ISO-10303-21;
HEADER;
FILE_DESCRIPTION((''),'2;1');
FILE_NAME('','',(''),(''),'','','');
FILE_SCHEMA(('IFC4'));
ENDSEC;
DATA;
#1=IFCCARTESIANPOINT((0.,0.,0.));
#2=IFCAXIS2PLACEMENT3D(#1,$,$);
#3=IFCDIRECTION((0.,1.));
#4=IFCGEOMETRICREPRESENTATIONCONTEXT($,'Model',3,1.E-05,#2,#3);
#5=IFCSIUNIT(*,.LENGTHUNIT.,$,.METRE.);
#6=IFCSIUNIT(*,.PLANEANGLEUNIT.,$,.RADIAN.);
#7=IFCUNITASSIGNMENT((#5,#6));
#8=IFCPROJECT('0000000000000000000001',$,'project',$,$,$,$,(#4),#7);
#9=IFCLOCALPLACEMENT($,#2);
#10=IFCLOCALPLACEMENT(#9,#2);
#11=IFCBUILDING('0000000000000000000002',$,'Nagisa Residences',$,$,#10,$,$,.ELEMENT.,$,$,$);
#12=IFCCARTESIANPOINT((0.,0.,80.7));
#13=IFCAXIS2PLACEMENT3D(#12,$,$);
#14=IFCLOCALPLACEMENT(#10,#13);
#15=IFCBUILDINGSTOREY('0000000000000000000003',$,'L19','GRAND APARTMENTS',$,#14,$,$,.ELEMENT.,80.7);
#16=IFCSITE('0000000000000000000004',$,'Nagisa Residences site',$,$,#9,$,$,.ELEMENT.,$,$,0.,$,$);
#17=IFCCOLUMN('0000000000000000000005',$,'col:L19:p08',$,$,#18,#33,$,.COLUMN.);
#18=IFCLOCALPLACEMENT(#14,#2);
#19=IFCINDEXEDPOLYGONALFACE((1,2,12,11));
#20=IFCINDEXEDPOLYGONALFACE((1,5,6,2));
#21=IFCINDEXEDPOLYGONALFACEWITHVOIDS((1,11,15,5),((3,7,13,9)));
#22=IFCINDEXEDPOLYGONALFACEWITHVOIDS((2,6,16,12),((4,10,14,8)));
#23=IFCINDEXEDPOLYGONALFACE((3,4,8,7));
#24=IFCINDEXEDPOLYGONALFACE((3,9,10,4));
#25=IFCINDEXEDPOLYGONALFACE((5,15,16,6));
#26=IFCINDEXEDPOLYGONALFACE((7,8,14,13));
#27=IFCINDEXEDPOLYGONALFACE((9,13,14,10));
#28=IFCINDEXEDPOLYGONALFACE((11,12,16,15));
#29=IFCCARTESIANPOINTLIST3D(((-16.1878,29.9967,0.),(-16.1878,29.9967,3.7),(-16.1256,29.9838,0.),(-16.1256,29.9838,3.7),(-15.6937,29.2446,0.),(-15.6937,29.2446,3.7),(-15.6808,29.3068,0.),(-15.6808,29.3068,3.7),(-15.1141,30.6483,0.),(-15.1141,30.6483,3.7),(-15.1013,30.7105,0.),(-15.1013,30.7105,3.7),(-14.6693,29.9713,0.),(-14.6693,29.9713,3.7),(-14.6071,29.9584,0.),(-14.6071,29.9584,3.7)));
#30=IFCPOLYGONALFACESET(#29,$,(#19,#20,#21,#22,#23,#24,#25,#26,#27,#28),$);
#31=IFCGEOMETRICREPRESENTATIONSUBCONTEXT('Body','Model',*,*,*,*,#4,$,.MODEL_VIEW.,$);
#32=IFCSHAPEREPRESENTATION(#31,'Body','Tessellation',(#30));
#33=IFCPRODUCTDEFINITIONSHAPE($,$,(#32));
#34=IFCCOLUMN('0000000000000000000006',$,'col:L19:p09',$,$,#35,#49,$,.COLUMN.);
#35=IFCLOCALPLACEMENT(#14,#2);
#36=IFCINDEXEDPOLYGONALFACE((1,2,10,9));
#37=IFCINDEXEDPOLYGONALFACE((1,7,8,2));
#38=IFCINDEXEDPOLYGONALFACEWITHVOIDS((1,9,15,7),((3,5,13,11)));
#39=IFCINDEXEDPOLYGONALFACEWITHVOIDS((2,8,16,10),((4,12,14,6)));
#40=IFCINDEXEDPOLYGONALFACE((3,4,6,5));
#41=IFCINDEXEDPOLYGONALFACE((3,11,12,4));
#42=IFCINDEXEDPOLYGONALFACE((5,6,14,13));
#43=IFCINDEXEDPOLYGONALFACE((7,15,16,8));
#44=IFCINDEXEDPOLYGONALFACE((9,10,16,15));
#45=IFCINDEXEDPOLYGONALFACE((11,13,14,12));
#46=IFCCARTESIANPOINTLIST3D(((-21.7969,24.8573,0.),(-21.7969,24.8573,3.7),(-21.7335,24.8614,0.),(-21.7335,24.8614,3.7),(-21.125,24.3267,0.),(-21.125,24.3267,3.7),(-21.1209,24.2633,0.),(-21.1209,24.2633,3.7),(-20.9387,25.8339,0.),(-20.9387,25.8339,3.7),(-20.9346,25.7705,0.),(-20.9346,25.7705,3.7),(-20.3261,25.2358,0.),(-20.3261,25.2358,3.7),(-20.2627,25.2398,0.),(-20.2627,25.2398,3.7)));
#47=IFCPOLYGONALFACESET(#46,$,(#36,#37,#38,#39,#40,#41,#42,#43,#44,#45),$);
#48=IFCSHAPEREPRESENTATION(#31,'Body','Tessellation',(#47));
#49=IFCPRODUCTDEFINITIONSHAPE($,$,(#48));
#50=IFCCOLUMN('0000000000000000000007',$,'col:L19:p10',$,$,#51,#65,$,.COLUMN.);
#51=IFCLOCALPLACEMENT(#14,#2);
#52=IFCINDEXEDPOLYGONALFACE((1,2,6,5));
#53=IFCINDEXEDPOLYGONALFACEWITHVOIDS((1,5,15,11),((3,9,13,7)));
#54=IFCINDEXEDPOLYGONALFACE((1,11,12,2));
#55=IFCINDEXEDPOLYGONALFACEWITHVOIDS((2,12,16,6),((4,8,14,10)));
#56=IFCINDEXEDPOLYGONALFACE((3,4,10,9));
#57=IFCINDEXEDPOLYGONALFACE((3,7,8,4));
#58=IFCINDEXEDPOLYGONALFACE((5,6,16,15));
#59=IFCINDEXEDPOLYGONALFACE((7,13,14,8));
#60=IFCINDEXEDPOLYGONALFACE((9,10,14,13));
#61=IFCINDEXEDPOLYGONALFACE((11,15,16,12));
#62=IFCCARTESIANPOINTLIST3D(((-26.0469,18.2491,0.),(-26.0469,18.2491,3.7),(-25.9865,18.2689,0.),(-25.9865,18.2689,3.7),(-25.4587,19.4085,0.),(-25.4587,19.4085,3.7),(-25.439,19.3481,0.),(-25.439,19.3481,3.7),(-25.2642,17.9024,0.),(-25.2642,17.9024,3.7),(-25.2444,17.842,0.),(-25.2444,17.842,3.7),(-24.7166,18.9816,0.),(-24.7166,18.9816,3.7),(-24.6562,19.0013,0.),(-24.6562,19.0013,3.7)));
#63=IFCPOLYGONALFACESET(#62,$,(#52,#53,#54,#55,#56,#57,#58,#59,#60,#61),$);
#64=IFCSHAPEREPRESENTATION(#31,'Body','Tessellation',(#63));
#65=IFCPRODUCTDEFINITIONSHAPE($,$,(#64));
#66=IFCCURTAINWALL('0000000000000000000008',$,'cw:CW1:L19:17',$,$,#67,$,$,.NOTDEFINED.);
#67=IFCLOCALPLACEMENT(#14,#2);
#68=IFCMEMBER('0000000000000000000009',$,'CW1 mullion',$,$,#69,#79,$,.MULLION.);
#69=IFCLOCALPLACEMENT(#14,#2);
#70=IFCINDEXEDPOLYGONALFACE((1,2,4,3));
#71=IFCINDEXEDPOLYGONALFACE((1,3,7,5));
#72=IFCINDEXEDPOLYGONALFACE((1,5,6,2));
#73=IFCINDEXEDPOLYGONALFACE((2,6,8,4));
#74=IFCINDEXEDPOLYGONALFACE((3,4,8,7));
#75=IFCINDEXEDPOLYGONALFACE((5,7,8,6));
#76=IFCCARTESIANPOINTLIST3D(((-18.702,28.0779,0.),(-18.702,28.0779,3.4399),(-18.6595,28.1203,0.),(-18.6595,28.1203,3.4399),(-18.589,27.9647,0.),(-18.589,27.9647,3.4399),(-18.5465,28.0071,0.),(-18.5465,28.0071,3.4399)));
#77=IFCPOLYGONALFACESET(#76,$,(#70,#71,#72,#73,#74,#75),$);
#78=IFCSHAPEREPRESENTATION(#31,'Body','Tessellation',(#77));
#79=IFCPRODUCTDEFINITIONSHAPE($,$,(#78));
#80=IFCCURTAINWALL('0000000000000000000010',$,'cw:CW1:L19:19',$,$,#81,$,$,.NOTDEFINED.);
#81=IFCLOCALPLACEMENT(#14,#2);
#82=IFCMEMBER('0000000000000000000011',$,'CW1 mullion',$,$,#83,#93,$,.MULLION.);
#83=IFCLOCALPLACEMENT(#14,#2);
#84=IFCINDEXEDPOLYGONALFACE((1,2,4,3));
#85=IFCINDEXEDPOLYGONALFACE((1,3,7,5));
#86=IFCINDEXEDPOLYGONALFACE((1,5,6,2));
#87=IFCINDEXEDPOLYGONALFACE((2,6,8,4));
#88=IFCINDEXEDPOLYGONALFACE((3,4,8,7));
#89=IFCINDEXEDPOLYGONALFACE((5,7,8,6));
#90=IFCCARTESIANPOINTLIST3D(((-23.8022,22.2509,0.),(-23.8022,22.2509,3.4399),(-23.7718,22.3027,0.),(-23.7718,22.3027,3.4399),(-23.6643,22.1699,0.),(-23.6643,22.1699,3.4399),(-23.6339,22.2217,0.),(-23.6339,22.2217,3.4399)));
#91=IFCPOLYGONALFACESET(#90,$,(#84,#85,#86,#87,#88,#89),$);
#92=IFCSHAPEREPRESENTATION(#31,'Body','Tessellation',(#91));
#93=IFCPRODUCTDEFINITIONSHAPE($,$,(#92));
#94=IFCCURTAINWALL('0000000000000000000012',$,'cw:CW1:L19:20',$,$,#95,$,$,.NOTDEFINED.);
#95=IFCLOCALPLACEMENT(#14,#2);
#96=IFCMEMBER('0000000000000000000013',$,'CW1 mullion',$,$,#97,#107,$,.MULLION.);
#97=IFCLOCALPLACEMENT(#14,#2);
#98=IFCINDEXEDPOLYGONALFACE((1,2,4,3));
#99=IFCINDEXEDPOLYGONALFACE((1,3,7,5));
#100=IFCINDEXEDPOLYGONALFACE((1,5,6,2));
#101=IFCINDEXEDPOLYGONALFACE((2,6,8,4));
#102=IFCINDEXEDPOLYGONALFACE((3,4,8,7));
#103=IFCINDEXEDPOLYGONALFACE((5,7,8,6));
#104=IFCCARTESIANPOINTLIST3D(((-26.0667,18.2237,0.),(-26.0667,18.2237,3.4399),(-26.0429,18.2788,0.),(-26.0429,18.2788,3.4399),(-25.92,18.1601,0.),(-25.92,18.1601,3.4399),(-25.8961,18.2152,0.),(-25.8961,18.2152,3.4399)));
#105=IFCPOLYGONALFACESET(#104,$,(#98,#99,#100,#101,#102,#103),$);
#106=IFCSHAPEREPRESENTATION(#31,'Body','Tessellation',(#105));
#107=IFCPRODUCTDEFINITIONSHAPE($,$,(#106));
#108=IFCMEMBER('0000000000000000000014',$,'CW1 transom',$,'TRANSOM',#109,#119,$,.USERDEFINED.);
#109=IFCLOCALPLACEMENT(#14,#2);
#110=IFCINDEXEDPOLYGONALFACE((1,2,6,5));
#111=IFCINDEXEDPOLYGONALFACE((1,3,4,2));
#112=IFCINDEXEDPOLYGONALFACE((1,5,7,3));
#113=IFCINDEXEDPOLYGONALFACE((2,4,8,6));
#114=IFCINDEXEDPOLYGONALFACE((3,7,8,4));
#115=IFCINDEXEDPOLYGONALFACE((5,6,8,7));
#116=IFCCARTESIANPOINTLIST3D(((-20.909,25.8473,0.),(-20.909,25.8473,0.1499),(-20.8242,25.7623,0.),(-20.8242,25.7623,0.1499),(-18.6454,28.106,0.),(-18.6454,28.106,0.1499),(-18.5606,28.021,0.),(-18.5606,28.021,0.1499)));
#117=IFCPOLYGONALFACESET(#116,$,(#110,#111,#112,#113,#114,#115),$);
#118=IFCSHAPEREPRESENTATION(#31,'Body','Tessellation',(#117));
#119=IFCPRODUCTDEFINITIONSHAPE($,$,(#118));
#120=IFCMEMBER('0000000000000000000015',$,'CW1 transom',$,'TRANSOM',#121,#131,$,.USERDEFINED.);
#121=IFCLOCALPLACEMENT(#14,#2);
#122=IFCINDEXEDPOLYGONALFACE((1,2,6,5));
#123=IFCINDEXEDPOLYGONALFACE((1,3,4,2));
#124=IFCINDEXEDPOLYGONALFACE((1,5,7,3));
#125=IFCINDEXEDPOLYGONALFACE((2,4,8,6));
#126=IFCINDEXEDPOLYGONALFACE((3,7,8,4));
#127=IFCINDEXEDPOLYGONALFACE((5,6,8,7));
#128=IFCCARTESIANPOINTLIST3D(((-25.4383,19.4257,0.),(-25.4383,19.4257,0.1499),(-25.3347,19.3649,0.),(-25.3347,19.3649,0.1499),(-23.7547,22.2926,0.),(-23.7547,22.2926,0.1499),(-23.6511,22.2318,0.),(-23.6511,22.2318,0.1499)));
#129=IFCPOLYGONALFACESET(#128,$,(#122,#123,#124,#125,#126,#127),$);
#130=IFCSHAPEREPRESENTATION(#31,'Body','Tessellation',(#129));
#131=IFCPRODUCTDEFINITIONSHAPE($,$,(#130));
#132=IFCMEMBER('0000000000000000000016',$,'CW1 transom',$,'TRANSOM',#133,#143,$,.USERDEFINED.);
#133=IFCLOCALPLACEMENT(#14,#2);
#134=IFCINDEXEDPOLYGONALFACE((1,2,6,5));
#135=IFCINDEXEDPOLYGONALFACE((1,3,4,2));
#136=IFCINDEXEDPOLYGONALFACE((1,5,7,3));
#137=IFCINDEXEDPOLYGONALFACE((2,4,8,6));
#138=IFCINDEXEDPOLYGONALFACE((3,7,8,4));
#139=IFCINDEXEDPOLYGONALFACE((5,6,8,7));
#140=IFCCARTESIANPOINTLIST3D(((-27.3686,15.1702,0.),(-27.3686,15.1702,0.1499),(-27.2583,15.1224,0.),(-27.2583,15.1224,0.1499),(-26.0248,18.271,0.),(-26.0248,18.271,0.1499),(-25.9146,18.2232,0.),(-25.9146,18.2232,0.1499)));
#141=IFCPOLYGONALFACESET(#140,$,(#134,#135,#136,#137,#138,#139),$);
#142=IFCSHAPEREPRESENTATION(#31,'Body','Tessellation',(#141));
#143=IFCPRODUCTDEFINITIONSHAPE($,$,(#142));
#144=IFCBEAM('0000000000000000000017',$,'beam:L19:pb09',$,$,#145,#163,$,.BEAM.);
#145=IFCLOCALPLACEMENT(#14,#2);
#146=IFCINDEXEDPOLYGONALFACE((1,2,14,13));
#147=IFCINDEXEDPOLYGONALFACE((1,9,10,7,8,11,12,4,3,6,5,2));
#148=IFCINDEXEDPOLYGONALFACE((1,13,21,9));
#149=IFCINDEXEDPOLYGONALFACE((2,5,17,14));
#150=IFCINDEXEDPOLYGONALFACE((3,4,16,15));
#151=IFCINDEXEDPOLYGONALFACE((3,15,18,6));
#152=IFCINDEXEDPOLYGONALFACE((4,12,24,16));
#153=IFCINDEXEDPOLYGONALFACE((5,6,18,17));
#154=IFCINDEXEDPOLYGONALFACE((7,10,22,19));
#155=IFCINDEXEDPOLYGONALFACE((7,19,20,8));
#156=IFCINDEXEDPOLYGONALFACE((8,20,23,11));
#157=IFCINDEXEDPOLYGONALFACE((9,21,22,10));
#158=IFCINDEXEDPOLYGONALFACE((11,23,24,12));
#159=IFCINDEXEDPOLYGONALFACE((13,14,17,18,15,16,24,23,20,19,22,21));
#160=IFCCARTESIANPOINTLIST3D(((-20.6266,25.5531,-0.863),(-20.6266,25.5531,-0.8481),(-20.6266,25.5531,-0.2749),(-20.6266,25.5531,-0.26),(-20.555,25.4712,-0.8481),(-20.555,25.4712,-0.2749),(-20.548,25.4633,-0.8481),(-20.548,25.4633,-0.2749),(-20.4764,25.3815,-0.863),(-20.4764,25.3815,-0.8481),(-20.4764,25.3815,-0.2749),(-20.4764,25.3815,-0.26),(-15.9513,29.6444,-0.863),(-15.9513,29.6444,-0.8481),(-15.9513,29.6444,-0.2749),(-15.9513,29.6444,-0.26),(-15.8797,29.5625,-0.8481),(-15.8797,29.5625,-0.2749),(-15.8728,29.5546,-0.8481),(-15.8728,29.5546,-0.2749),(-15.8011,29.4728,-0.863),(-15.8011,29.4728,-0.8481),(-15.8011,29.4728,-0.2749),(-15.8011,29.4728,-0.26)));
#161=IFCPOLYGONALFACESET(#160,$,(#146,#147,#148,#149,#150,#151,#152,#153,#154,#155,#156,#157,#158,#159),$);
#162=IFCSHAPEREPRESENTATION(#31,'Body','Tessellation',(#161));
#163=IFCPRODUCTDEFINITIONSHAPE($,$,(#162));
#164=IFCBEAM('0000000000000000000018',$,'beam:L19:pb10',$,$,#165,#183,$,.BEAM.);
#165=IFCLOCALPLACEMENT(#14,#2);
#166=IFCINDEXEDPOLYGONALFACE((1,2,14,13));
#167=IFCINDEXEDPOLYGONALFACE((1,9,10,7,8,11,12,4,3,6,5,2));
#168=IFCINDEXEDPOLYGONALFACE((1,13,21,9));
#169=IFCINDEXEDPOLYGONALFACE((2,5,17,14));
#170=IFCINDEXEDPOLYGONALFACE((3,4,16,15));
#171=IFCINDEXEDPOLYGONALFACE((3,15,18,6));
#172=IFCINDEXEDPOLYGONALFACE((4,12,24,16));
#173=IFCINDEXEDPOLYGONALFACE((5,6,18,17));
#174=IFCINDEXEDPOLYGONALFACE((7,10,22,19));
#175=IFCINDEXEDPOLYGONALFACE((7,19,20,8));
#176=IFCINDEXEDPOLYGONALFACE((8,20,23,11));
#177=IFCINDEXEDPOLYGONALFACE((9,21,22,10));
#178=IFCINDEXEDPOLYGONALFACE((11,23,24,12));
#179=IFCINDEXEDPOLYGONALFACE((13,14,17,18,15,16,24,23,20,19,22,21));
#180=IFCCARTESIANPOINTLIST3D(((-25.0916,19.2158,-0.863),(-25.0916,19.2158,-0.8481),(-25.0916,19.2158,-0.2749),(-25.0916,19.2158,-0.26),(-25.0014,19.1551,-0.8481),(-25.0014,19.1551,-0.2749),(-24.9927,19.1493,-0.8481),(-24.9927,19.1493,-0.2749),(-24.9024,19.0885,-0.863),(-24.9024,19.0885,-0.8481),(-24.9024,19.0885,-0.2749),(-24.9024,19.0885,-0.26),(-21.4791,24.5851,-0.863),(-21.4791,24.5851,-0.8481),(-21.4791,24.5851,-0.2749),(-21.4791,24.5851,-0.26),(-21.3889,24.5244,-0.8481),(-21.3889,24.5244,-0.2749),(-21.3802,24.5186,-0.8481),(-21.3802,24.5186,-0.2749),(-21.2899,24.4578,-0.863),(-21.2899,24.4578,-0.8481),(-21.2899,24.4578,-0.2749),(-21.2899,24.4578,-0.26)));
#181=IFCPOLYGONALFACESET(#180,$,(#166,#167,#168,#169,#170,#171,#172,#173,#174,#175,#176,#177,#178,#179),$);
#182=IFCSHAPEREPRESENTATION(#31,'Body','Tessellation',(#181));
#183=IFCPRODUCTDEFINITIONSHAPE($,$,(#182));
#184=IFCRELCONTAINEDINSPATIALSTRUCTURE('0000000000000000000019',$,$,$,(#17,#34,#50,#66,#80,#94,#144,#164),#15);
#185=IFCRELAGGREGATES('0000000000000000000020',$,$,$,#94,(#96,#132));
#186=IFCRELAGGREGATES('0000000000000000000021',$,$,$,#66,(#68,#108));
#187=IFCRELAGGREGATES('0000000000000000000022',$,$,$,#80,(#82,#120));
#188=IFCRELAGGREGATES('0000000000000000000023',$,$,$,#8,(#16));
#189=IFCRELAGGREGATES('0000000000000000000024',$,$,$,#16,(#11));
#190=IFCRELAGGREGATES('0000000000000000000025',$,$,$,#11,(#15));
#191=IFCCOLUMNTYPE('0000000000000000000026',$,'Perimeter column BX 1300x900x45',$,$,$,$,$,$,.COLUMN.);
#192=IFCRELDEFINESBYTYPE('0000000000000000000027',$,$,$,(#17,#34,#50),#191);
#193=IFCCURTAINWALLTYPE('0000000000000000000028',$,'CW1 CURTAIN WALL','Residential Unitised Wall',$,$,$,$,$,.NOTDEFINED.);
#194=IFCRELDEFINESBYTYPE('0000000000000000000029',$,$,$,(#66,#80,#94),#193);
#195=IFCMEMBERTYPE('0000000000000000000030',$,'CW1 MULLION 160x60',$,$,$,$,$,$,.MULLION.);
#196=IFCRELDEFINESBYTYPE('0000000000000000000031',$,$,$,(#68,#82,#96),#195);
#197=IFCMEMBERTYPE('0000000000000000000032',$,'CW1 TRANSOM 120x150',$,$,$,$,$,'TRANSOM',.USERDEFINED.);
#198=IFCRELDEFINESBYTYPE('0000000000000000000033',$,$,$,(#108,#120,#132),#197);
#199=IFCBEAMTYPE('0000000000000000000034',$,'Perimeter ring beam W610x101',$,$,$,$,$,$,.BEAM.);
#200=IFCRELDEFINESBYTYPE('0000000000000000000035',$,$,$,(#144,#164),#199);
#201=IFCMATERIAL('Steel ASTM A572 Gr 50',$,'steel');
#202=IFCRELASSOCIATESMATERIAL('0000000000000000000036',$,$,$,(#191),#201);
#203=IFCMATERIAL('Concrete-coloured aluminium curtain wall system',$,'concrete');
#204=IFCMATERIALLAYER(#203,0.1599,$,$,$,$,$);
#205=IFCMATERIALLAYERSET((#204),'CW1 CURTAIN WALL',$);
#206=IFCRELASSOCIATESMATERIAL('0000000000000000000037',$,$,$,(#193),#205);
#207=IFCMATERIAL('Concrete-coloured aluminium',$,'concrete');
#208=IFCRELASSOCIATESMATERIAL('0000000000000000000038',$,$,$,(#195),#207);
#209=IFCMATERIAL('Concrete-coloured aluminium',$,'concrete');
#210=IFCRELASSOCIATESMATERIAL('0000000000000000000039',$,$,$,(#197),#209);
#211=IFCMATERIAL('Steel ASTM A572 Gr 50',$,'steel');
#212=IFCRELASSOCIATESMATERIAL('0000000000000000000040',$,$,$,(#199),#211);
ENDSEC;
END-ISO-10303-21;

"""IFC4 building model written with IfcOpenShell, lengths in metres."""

from ifc_helpers import new_model, si_unit, direction, frame, origin, origin_2d, place, context, subcontext, project, spatial, rectangle, hollow_rectangle, i_section, extrude, material, layer, layer_set, material_profile, profile_set, type_object, element, aggregate, save


model = new_model("IFC4")

# Units and contexts
model_context = context("Model", 3, precision=1e-05, world=origin(), true_north=direction((0.0, 1.0)))
body_context = subcontext(model_context, "Body", "Model", "MODEL_VIEW")
ifc_project = project(units=[si_unit("LENGTHUNIT", "METRE"), si_unit("PLANEANGLEUNIT", "RADIAN")], contexts=[model_context])

# Site, building, storey
site_placement = place(None, origin())
site = spatial("IfcSite", under=ifc_project, at=site_placement, Name="Nagisa Residences site", CompositionType="ELEMENT", RefElevation=0.0)
building_placement = place(site_placement, origin())
building = spatial("IfcBuilding", under=site, at=building_placement, Name="Nagisa Residences", CompositionType="ELEMENT")
storey_placement = place(building_placement, frame((0.0, 0.0, 80.7)))
storey = spatial("IfcBuildingStorey", under=building, at=storey_placement, Name="L19", Description="GRAND APARTMENTS", CompositionType="ELEMENT", Elevation=80.7)

# Columns
ifc_material_1 = material(Name="Steel ASTM A572 Gr 50", Category="steel")
ifc_material_profile_1 = material_profile(ifc_material_1, hollow_rectangle(XDim=1.3, YDim=0.8999, WallThickness=0.0449, at=origin_2d()), Name="BX 1300x900x45")
ifc_profile_set_1 = profile_set([ifc_material_profile_1], Name="Steel ASTM A572 Gr 50")
column_type = type_object("IfcColumnType", Name="Perimeter column BX 1300x900x45", PredefinedType="COLUMN", material=ifc_profile_set_1)
for number, where, z_axis, x_axis, name in (
    (1, (-15.3975, 29.9775, 0.0), (0.0, 0.0, 1.0), (-0.835766, -0.549086, 0.0), "col:L19:p08"),
    (2, (-21.0298, 25.0486, 0.0), (0.0, 0.0, 1.0), (-0.660115, -0.751165, 0.0), "col:L19:p09"),
    (3, (-25.3516, 18.6252, 0.0), (0.0, 0.0, 1.0), (-0.452463, -0.891783, 0.0), "col:L19:p10"),
):
    element("IfcColumn", number, at=place(storey_placement, frame(where, z_axis=z_axis, x_axis=x_axis)), inside=storey, type_object=column_type, Name=name, PredefinedType="COLUMN", context=body_context, shape_type="SweptSolid", body=[
        extrude(hollow_rectangle(XDim=1.3, YDim=0.8999, WallThickness=0.0449, at=origin_2d()), origin(), (0.0, 0.0, 1.0), 3.7),
    ])

# Curtain walls, members
ifc_material_2 = material(Name="Concrete-coloured aluminium curtain wall system", Category="concrete")
ifc_layer_1 = layer(ifc_material_2, 0.1599)
ifc_layer_set_1 = layer_set([ifc_layer_1], Name="CW1 CURTAIN WALL")
curtain_wall_type = type_object("IfcCurtainWallType", Name="CW1 CURTAIN WALL", Description="Residential Unitised Wall", PredefinedType="NOTDEFINED", material=ifc_layer_set_1)
curtain_wall_1_placement = place(storey_placement, origin())
curtain_wall_1 = element("IfcCurtainWall", 4, at=curtain_wall_1_placement, inside=storey, type_object=curtain_wall_type, Name="cw:CW1:L19:17", PredefinedType="NOTDEFINED")
ifc_material_3 = material(Name="Concrete-coloured aluminium", Category="concrete")
ifc_material_profile_2 = material_profile(ifc_material_3, rectangle(XDim=0.1599, YDim=0.0601, at=origin_2d()), Name="CW1 MULLION 160x60")
ifc_profile_set_2 = profile_set([ifc_material_profile_2], Name="Concrete-coloured aluminium")
member_type_1 = type_object("IfcMemberType", Name="CW1 MULLION 160x60", PredefinedType="MULLION", material=ifc_profile_set_2)
member_1_placement = place(storey_placement, frame((-18.6243, 28.0425, 0.0), z_axis=(0.0, 0.0, 1.0), x_axis=(0.706377, -0.707836, 0.0)))
member_1 = element("IfcMember", 5, at=member_1_placement, type_object=member_type_1, Name="CW1 mullion", PredefinedType="MULLION", context=body_context, shape_type="SweptSolid", body=[
    extrude(rectangle(XDim=0.1599, YDim=0.0601, at=origin_2d()), origin(), (0.0, 0.0, 1.0), 3.4399),
])
curtain_wall_2_placement = place(storey_placement, origin())
curtain_wall_2 = element("IfcCurtainWall", 6, at=curtain_wall_2_placement, inside=storey, type_object=curtain_wall_type, Name="cw:CW1:L19:19", PredefinedType="NOTDEFINED")
member_2_placement = place(storey_placement, frame((-23.718, 22.2363, 0.0), z_axis=(0.0, 0.0, 1.0), x_axis=(0.862329, -0.506349, 0.0)))
member_2 = element("IfcMember", 7, at=member_2_placement, type_object=member_type_1, Name="CW1 mullion", PredefinedType="MULLION", context=body_context, shape_type="SweptSolid", body=[
    extrude(rectangle(XDim=0.1599, YDim=0.0601, at=origin_2d()), origin(), (0.0, 0.0, 1.0), 3.4399),
])
curtain_wall_3_placement = place(storey_placement, origin())
curtain_wall_3 = element("IfcCurtainWall", 8, at=curtain_wall_3_placement, inside=storey, type_object=curtain_wall_type, Name="cw:CW1:L19:20", PredefinedType="NOTDEFINED")
member_3_placement = place(storey_placement, frame((-25.9814, 18.2195, 0.0), z_axis=(0.0, 0.0, 1.0), x_axis=(0.917543, -0.397636, 0.0)))
member_3 = element("IfcMember", 9, at=member_3_placement, type_object=member_type_1, Name="CW1 mullion", PredefinedType="MULLION", context=body_context, shape_type="SweptSolid", body=[
    extrude(rectangle(XDim=0.1599, YDim=0.0601, at=origin_2d()), origin(), (0.0, 0.0, 1.0), 3.4399),
])

# Members
ifc_material_4 = material(Name="Concrete-coloured aluminium", Category="concrete")
ifc_material_profile_3 = material_profile(ifc_material_4, rectangle(XDim=0.1201, YDim=0.1499, at=origin_2d()), Name="CW1 TRANSOM 120x150")
ifc_profile_set_3 = profile_set([ifc_material_profile_3], Name="Concrete-coloured aluminium")
member_type_2 = type_object("IfcMemberType", Name="CW1 TRANSOM 120x150", ElementType="TRANSOM", PredefinedType="USERDEFINED", material=ifc_profile_set_3)
member_4_placement = place(storey_placement, frame((-18.603, 28.0635, 0.075), z_axis=(-0.70787, -0.706343, 0.0), x_axis=(0.706343, -0.70787, 0.0)))
member_4 = element("IfcMember", 10, at=member_4_placement, type_object=member_type_2, Name="CW1 transom", ObjectType="TRANSOM", PredefinedType="USERDEFINED", context=body_context, shape_type="SweptSolid", body=[
    extrude(rectangle(XDim=0.1201, YDim=0.1499, at=origin_2d()), origin(), (0.0, 0.0, 1.0), 3.1978),
])
member_5_placement = place(storey_placement, frame((-23.7029, 22.2622, 0.075), z_axis=(-0.506385, -0.862308, 0.0), x_axis=(0.862308, -0.506385, 0.0)))
member_5 = element("IfcMember", 11, at=member_5_placement, type_object=member_type_2, Name="CW1 transom", ObjectType="TRANSOM", PredefinedType="USERDEFINED", context=body_context, shape_type="SweptSolid", body=[
    extrude(rectangle(XDim=0.1201, YDim=0.1499, at=origin_2d()), origin(), (0.0, 0.0, 1.0), 3.3247),
])
member_6_placement = place(storey_placement, frame((-25.9697, 18.2471, 0.075), z_axis=(-0.397622, -0.917549, 0.0), x_axis=(0.917549, -0.397622, 0.0)))
member_6 = element("IfcMember", 12, at=member_6_placement, type_object=member_type_2, Name="CW1 transom", ObjectType="TRANSOM", PredefinedType="USERDEFINED", context=body_context, shape_type="SweptSolid", body=[
    extrude(rectangle(XDim=0.1201, YDim=0.1499, at=origin_2d()), origin(), (0.0, 0.0, 1.0), 3.3794),
])
aggregate(curtain_wall_3, [member_3, member_6])

# Beams
ifc_material_5 = material(Name="Steel ASTM A572 Gr 50", Category="steel")
ifc_material_profile_4 = material_profile(ifc_material_5, i_section(OverallWidth=0.228, OverallDepth=0.603, WebThickness=0.0105, FlangeThickness=0.0149, at=origin_2d()), Name="W610x101")
ifc_profile_set_4 = profile_set([ifc_material_profile_4], Name="Steel ASTM A572 Gr 50")
beam_type_1 = type_object("IfcBeamType", Name="Perimeter ring beam W610x101", PredefinedType="BEAM", material=ifc_profile_set_4)
beam_1_placement = place(storey_placement, frame((-15.8762, 29.5586, -0.5615), z_axis=(-0.752543, -0.658544, 0.0), x_axis=(0.658544, -0.752543, 0.0)))
element("IfcBeam", 13, at=beam_1_placement, inside=storey, type_object=beam_type_1, Name="beam:L19:pb09", PredefinedType="BEAM", context=body_context, shape_type="SweptSolid", body=[
    extrude(i_section(OverallWidth=0.228, OverallDepth=0.603, WebThickness=0.0105, FlangeThickness=0.0149, at=origin_2d()), origin(), (0.0, 0.0, 1.0), 6.2126),
])
beam_2_placement = place(storey_placement, frame((-21.3845, 24.5215, -0.5615), z_axis=(-0.558221, -0.829692, 0.0), x_axis=(0.829692, -0.558221, 0.0)))
element("IfcBeam", 14, at=beam_2_placement, inside=storey, type_object=beam_type_1, Name="beam:L19:pb10", PredefinedType="BEAM", context=body_context, shape_type="SweptSolid", body=[
    extrude(i_section(OverallWidth=0.228, OverallDepth=0.603, WebThickness=0.0105, FlangeThickness=0.0149, at=origin_2d()), origin(), (0.0, 0.0, 1.0), 6.4714),
])

aggregate(curtain_wall_1, [member_1, member_4])
aggregate(curtain_wall_2, [member_2, member_5])

save(model, "model.ifc")
